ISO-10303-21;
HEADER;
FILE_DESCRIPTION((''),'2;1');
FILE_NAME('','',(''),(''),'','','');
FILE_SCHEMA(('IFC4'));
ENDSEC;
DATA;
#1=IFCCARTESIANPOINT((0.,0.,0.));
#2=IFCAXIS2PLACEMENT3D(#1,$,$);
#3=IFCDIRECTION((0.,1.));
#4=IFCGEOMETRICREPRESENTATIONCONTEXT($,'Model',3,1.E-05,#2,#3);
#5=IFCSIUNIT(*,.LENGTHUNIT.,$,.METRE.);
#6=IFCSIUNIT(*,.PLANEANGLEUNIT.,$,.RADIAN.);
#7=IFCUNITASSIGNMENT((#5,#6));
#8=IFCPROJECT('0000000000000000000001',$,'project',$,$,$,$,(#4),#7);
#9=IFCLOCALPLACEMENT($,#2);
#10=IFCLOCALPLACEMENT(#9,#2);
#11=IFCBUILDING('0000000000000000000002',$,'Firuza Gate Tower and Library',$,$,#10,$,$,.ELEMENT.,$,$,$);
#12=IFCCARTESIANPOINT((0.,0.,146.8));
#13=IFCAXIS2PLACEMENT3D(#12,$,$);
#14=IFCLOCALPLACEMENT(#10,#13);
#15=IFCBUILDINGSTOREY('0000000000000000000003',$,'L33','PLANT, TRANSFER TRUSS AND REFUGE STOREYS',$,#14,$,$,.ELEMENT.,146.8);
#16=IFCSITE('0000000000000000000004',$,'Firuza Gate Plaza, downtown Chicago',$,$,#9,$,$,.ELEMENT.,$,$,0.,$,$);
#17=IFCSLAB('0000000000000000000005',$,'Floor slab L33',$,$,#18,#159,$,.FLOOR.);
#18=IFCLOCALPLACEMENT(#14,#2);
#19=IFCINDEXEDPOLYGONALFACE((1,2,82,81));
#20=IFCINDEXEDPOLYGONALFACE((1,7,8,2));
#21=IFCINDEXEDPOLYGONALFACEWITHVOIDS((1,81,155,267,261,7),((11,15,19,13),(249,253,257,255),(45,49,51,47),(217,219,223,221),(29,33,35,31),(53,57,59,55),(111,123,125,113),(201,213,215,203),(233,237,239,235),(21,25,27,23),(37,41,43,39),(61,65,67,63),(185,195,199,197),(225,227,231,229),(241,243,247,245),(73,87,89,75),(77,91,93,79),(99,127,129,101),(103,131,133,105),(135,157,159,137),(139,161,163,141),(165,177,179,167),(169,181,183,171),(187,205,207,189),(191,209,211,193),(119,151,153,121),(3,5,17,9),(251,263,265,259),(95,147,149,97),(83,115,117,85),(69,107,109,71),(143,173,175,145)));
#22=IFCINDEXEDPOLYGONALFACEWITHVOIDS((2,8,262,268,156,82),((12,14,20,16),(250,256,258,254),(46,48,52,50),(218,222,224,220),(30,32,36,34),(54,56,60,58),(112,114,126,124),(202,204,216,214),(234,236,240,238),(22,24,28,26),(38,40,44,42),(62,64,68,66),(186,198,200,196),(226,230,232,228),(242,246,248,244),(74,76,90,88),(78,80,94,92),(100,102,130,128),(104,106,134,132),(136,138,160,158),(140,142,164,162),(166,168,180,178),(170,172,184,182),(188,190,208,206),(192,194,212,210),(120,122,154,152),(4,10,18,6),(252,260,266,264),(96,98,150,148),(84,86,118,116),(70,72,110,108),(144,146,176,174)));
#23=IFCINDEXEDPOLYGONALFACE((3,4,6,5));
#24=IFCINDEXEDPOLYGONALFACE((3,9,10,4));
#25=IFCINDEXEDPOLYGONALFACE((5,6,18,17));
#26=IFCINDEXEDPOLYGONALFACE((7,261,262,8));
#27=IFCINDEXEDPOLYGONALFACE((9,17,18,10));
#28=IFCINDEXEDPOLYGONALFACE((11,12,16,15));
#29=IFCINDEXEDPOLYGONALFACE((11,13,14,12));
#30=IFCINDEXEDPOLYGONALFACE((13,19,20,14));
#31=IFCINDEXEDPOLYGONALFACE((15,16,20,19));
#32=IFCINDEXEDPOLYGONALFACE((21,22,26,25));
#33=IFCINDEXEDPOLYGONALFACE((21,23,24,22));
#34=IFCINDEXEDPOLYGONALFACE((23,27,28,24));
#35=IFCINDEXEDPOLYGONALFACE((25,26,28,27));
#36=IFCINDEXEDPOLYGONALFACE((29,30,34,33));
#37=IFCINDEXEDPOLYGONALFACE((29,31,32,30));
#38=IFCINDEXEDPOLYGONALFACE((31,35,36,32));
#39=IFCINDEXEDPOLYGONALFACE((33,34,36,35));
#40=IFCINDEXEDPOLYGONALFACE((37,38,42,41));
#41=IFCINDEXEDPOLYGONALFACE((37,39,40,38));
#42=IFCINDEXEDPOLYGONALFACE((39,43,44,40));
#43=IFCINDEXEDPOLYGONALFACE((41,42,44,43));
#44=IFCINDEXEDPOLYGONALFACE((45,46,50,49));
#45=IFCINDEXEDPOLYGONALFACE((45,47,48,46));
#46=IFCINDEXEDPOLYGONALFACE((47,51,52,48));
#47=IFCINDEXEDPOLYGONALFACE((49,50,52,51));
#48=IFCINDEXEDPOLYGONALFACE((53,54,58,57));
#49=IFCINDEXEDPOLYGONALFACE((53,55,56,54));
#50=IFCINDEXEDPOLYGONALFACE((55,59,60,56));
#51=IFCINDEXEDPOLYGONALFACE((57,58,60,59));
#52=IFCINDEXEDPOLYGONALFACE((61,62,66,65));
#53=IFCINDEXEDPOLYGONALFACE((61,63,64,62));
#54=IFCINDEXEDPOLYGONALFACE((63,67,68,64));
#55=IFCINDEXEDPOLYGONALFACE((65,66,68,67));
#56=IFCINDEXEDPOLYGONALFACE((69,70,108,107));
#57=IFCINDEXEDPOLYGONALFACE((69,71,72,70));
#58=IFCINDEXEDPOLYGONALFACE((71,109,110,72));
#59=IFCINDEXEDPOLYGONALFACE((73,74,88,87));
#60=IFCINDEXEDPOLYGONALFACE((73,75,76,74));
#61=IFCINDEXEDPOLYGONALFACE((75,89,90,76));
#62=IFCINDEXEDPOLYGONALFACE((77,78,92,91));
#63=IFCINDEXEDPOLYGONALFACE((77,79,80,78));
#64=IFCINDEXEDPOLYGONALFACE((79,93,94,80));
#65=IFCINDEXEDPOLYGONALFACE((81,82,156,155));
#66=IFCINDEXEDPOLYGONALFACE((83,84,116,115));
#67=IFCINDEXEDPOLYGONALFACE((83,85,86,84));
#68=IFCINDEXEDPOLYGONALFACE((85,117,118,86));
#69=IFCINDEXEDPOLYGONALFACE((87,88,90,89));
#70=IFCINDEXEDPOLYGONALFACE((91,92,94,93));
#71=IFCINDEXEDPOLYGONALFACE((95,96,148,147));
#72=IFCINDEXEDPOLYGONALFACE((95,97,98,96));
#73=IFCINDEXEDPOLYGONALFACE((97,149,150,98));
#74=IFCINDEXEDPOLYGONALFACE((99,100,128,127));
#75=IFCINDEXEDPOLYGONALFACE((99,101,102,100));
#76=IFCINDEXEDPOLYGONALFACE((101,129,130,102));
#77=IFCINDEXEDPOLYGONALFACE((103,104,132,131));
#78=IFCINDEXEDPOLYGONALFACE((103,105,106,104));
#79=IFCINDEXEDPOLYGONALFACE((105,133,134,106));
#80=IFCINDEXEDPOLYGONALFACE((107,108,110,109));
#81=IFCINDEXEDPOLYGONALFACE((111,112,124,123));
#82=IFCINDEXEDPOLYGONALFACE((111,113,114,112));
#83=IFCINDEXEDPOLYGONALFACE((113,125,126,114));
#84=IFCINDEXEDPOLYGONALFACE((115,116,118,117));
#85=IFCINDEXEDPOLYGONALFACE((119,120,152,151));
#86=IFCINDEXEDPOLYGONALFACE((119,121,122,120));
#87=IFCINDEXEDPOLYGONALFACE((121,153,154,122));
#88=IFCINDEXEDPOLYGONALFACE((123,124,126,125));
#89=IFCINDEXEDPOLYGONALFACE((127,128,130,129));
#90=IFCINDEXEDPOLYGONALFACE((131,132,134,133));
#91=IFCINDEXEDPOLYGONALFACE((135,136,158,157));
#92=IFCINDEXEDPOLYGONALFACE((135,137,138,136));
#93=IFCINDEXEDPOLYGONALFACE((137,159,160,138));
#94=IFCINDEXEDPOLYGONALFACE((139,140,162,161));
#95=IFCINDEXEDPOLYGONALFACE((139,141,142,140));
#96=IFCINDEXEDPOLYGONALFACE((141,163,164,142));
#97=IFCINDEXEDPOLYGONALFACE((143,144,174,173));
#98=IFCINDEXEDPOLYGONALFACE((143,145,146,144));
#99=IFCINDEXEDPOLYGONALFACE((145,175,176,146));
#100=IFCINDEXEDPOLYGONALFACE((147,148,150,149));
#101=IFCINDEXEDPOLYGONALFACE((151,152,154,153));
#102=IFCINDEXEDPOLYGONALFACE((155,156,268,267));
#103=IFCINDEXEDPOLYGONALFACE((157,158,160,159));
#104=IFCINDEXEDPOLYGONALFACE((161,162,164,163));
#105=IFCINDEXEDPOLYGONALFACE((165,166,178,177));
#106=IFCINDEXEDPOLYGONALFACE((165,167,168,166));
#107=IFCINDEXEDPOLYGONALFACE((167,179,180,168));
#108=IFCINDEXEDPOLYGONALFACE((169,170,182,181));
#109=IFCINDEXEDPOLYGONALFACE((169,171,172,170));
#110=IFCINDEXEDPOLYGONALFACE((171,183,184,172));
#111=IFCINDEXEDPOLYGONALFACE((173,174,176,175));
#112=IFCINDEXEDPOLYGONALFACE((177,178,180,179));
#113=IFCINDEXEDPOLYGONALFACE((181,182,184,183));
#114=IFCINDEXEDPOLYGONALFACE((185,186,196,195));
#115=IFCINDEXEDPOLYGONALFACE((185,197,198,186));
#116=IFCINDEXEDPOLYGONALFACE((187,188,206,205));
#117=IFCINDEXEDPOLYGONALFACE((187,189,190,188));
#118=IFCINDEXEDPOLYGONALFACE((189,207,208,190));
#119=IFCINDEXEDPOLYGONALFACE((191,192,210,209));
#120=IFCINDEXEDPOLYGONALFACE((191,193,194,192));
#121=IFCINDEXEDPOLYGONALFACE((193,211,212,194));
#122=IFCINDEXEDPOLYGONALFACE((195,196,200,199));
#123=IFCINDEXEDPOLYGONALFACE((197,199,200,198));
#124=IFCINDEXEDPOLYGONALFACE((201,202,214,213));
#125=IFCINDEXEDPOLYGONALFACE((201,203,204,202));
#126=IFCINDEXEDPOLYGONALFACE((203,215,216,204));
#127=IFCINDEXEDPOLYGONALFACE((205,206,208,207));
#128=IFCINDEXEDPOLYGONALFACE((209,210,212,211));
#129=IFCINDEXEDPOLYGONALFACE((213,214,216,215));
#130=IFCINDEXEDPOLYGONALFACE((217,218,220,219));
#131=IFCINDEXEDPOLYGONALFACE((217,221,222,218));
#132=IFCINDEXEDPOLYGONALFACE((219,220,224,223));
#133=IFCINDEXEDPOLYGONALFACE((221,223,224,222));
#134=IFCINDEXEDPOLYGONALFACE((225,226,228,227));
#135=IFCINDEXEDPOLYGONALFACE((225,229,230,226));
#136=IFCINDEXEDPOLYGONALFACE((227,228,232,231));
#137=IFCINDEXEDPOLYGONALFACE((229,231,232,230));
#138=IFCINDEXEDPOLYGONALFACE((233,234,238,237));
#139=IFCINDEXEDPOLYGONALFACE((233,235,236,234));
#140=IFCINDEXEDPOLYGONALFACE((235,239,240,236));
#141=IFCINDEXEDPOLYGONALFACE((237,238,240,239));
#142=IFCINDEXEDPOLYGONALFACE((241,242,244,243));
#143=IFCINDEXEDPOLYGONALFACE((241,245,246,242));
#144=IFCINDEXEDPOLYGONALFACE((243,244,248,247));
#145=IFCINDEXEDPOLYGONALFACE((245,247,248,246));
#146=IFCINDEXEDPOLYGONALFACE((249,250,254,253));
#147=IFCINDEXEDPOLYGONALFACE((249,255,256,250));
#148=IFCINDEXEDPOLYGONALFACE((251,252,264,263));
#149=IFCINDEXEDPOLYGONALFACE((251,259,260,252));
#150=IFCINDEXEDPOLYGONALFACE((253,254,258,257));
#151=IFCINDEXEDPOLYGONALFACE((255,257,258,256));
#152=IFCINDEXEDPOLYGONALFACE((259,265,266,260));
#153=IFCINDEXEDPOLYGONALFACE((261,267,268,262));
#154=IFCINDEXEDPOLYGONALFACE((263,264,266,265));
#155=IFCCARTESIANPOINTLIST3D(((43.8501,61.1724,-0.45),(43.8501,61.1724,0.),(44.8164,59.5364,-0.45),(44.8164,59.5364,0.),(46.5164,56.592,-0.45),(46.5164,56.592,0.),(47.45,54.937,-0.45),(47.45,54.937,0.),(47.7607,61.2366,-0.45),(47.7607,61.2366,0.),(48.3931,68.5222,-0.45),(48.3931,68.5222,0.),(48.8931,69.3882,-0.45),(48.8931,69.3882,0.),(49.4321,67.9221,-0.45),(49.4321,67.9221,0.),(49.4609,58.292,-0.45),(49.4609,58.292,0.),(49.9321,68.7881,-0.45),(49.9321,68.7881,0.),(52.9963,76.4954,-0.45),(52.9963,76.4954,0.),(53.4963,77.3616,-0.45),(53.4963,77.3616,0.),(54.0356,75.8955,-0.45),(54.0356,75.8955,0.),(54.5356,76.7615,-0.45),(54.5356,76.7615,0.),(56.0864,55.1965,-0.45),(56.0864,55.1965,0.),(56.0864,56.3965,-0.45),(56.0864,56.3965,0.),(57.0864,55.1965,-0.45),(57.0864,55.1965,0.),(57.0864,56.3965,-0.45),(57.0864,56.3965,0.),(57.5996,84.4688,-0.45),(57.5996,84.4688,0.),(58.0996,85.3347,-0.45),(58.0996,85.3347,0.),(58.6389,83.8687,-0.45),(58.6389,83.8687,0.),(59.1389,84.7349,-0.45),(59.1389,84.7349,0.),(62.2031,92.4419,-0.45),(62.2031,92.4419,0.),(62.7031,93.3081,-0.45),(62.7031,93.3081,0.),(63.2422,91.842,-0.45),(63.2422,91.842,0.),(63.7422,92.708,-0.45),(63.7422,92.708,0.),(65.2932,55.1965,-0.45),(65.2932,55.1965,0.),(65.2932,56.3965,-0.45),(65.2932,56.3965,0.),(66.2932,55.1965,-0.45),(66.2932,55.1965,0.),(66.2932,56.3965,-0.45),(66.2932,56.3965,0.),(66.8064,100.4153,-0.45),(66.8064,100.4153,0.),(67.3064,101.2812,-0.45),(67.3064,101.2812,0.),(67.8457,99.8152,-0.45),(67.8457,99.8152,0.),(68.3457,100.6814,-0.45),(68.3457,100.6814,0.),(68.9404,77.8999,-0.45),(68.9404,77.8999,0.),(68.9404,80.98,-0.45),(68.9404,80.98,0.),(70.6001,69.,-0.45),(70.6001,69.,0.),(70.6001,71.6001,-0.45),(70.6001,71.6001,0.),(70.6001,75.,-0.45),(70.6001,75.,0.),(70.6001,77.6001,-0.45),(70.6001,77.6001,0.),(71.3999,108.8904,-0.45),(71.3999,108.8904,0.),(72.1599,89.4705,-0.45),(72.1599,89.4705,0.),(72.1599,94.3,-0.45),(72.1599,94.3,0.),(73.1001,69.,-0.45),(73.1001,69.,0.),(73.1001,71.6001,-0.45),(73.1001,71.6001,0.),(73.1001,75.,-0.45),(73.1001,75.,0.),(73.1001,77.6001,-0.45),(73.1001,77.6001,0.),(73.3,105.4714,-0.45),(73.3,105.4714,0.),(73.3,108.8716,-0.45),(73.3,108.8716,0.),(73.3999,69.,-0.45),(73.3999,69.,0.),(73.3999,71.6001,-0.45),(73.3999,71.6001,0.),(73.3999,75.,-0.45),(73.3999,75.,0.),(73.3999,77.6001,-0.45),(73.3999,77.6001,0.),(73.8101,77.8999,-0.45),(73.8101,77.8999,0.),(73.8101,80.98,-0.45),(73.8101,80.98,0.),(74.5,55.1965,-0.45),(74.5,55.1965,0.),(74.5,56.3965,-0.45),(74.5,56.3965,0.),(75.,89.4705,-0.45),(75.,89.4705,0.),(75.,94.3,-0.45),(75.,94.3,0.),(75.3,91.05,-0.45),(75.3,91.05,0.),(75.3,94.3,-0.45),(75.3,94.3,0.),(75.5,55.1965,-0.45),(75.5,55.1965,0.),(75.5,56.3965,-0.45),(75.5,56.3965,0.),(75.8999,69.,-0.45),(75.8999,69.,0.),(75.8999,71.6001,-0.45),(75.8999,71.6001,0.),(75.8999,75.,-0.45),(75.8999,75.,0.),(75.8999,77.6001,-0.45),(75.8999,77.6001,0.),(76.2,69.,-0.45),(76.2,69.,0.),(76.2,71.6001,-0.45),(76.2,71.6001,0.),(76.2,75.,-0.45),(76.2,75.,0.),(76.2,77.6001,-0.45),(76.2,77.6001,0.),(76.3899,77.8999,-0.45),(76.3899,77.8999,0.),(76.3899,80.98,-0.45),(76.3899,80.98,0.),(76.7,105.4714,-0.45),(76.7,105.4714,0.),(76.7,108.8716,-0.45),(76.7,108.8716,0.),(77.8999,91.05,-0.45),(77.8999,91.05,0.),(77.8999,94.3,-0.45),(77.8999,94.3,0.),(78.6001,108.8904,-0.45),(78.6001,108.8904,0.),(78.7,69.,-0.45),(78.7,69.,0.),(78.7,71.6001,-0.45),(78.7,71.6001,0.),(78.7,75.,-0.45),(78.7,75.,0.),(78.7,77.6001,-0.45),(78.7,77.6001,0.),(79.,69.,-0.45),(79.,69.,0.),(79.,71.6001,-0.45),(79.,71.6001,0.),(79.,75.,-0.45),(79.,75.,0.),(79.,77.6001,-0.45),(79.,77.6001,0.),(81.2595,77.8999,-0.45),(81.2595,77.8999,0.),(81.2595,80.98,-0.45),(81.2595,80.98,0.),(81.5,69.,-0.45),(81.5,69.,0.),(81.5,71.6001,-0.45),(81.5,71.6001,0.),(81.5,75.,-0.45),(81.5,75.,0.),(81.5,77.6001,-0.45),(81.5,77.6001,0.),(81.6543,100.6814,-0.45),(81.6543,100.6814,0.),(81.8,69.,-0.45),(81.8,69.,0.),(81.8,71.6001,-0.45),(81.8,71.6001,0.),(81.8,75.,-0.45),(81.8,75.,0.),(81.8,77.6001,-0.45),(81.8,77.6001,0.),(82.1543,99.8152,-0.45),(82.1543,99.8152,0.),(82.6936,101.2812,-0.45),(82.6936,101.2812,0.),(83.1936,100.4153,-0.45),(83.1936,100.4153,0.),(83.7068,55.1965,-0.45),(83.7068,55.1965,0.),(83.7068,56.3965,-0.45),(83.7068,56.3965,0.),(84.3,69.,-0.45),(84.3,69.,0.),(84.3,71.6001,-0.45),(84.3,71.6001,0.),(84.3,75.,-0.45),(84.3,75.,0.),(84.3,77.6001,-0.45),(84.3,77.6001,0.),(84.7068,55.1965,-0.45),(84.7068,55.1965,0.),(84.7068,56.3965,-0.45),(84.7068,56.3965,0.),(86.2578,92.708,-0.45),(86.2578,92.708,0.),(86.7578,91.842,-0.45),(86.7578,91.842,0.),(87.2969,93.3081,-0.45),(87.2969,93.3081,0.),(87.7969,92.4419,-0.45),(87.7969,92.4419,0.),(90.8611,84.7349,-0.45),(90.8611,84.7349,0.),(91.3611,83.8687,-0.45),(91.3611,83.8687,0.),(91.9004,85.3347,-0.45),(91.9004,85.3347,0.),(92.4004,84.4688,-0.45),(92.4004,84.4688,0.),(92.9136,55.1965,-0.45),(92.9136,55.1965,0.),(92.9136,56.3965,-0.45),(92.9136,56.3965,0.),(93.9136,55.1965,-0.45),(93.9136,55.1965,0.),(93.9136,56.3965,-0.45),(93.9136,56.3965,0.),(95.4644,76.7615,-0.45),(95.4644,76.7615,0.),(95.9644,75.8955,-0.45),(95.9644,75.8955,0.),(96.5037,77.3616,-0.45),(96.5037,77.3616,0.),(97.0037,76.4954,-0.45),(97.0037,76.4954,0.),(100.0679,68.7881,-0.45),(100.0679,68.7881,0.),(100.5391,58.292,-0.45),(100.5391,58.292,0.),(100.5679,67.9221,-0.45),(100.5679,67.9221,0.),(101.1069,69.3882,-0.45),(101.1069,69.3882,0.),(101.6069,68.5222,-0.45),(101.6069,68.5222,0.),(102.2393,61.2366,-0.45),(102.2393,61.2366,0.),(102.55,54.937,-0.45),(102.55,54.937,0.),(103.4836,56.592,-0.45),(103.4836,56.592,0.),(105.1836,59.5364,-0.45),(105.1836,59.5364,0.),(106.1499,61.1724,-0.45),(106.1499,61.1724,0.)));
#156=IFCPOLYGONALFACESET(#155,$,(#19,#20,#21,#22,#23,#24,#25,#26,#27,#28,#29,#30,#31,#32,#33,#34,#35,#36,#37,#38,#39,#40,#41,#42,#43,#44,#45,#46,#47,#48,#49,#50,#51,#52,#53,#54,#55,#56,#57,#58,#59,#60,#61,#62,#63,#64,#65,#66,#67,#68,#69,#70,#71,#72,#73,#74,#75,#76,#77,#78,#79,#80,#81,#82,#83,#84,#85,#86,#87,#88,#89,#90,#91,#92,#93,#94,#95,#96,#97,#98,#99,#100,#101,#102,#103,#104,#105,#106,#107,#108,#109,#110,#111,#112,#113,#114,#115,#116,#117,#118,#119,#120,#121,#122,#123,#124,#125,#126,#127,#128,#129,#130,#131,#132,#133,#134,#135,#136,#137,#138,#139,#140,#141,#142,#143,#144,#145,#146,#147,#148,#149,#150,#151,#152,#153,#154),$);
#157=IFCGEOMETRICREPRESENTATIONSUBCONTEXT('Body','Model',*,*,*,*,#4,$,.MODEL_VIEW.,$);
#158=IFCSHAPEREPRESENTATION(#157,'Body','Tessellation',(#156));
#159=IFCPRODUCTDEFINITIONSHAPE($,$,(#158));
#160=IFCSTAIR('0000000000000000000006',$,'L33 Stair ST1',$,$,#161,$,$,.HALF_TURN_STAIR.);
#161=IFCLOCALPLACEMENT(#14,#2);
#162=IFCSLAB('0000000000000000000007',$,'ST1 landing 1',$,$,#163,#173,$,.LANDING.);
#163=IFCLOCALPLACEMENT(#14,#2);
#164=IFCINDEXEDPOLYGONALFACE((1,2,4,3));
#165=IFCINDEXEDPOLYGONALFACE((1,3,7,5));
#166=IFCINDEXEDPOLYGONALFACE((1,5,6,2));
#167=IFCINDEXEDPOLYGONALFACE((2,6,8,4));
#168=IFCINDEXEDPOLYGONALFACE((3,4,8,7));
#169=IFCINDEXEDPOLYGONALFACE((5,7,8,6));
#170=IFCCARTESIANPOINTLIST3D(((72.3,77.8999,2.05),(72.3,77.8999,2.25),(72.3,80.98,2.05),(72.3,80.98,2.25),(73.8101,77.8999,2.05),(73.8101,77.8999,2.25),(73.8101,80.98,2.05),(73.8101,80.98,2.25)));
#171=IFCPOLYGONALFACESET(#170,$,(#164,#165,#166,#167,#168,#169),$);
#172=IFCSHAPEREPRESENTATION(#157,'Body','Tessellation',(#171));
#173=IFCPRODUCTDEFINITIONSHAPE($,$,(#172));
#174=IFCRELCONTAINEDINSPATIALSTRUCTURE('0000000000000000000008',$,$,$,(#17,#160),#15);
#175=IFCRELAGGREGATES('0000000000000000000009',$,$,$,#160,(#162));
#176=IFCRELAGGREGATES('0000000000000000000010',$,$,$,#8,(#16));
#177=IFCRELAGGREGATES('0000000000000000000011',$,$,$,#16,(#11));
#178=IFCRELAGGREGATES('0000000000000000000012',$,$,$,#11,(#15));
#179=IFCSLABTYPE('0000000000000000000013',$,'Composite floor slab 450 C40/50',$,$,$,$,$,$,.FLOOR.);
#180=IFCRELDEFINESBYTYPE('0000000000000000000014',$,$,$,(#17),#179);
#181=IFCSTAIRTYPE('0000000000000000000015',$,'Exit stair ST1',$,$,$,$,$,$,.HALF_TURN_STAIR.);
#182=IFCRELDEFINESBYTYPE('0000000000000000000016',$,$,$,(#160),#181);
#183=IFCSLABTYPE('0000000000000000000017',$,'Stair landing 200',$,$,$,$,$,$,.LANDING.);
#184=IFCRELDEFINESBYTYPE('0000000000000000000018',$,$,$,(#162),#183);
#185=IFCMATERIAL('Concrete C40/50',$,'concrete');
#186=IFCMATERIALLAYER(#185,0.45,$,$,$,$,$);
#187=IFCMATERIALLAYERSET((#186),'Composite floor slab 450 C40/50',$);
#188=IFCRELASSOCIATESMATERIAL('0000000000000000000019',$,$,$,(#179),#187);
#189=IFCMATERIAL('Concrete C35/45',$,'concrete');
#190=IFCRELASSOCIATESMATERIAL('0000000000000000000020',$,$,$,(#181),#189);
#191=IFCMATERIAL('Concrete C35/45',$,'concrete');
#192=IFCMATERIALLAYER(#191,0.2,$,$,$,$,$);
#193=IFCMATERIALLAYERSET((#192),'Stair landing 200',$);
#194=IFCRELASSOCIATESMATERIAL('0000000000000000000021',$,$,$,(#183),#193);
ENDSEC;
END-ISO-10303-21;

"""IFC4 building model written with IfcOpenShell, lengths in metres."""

from ifc_helpers import new_model, si_unit, direction, frame, origin, place, context, subcontext, project, spatial, polyline, outline, extrude, material, layer, layer_set, type_object, element, aggregate, save


model = new_model("IFC4")

# Units and contexts
model_context = context("Model", 3, precision=1e-05, world=origin(), true_north=direction((0.0, 1.0)))
body_context = subcontext(model_context, "Body", "Model", "MODEL_VIEW")
ifc_project = project(units=[si_unit("LENGTHUNIT", "METRE"), si_unit("PLANEANGLEUNIT", "RADIAN")], contexts=[model_context])

# Site, building, storey
site_placement = place(None, origin())
site = spatial("IfcSite", under=ifc_project, at=site_placement, Name="Firuza Gate Plaza, downtown Chicago", CompositionType="ELEMENT", RefElevation=0.0)
building_placement = place(site_placement, origin())
building = spatial("IfcBuilding", under=site, at=building_placement, Name="Firuza Gate Tower and Library", CompositionType="ELEMENT")
storey_placement = place(building_placement, frame((0.0, 0.0, 146.8)))
storey = spatial("IfcBuildingStorey", under=building, at=storey_placement, Name="L33", Description="PLANT, TRANSFER TRUSS AND REFUGE STOREYS", CompositionType="ELEMENT", Elevation=146.8)

# Slab
ifc_material_1 = material(Name="Concrete C40/50", Category="concrete")
ifc_layer_1 = layer(ifc_material_1, 0.45)
ifc_layer_set_1 = layer_set([ifc_layer_1], Name="Composite floor slab 450 C40/50")
slab_type_1 = type_object("IfcSlabType", Name="Composite floor slab 450 C40/50", PredefinedType="FLOOR", material=ifc_layer_set_1)
slab_1_placement = place(storey_placement, frame((0.0, 0.0, -0.45)))
element("IfcSlab", 1, at=slab_1_placement, inside=storey, type_object=slab_type_1, Name="Floor slab L33", PredefinedType="FLOOR", context=body_context, shape_type="SweptSolid", body=[
    extrude(outline(polyline([(43.8501, 61.1724), (47.45, 54.937), (102.55, 54.937), (106.1499, 61.1724), (78.6001, 108.8904), (71.3999, 108.8904), (43.8501, 61.1724)]), holes=[polyline([(56.0864, 55.1965), (56.0864, 56.3965), (57.0864, 56.3965), (57.0864, 55.1965), (56.0864, 55.1965)]), polyline([(65.2932, 55.1965), (65.2932, 56.3965), (66.2932, 56.3965), (66.2932, 55.1965), (65.2932, 55.1965)]), polyline([(74.5, 55.1965), (74.5, 56.3965), (75.5, 56.3965), (75.5, 55.1965), (74.5, 55.1965)]), polyline([(44.8164, 59.5364), (47.7607, 61.2366), (49.4609, 58.292), (46.5164, 56.592), (44.8164, 59.5364)]), polyline([(48.8931, 69.3882), (49.9321, 68.7881), (49.4321, 67.9221), (48.3931, 68.5222), (48.8931, 69.3882)]), polyline([(73.1001, 69.0), (70.6001, 69.0), (70.6001, 71.6001), (73.1001, 71.6001), (73.1001, 69.0)]), polyline([(75.8999, 69.0), (73.3999, 69.0), (73.3999, 71.6001), (75.8999, 71.6001), (75.8999, 69.0)]), polyline([(73.1001, 75.0), (70.6001, 75.0), (70.6001, 77.6001), (73.1001, 77.6001), (73.1001, 75.0)]), polyline([(75.8999, 75.0), (73.3999, 75.0), (73.3999, 77.6001), (75.8999, 77.6001), (75.8999, 75.0)]), polyline([(53.4963, 77.3616), (54.5356, 76.7615), (54.0356, 75.8955), (52.9963, 76.4954), (53.4963, 77.3616)]), polyline([(73.8101, 77.8999), (68.9404, 77.8999), (68.9404, 80.98), (73.8101, 80.98), (73.8101, 77.8999)]), polyline([(58.0996, 85.3347), (59.1389, 84.7349), (58.6389, 83.8687), (57.5996, 84.4688), (58.0996, 85.3347)]), polyline([(72.1599, 89.4705), (72.1599, 94.3), (75.0, 94.3), (75.0, 89.4705), (72.1599, 89.4705)]), polyline([(62.7031, 93.3081), (63.7422, 92.708), (63.2422, 91.842), (62.2031, 92.4419), (62.7031, 93.3081)]), polyline([(67.3064, 101.2812), (68.3457, 100.6814), (67.8457, 99.8152), (66.8064, 100.4153), (67.3064, 101.2812)]), polyline([(76.7, 108.8716), (76.7, 105.4714), (73.3, 105.4714), (73.3, 108.8716), (76.7, 108.8716)]), polyline([(83.7068, 55.1965), (83.7068, 56.3965), (84.7068, 56.3965), (84.7068, 55.1965), (83.7068, 55.1965)]), polyline([(92.9136, 55.1965), (92.9136, 56.3965), (93.9136, 56.3965), (93.9136, 55.1965), (92.9136, 55.1965)]), polyline([(103.4836, 56.592), (100.5391, 58.292), (102.2393, 61.2366), (105.1836, 59.5364), (103.4836, 56.592)]), polyline([(101.6069, 68.5222), (100.5679, 67.9221), (100.0679, 68.7881), (101.1069, 69.3882), (101.6069, 68.5222)]), polyline([(78.7, 69.0), (76.2, 69.0), (76.2, 71.6001), (78.7, 71.6001), (78.7, 69.0)]), polyline([(81.5, 69.0), (79.0, 69.0), (79.0, 71.6001), (81.5, 71.6001), (81.5, 69.0)]), polyline([(84.3, 69.0), (81.8, 69.0), (81.8, 71.6001), (84.3, 71.6001), (84.3, 69.0)]), polyline([(78.7, 75.0), (76.2, 75.0), (76.2, 77.6001), (78.7, 77.6001), (78.7, 75.0)]), polyline([(81.5, 75.0), (79.0, 75.0), (79.0, 77.6001), (81.5, 77.6001), (81.5, 75.0)]), polyline([(84.3, 75.0), (81.8, 75.0), (81.8, 77.6001), (84.3, 77.6001), (84.3, 75.0)]), polyline([(97.0037, 76.4954), (95.9644, 75.8955), (95.4644, 76.7615), (96.5037, 77.3616), (97.0037, 76.4954)]), polyline([(81.2595, 77.8999), (76.3899, 77.8999), (76.3899, 80.98), (81.2595, 80.98), (81.2595, 77.8999)]), polyline([(92.4004, 84.4688), (91.3611, 83.8687), (90.8611, 84.7349), (91.9004, 85.3347), (92.4004, 84.4688)]), polyline([(87.7969, 92.4419), (86.7578, 91.842), (86.2578, 92.708), (87.2969, 93.3081), (87.7969, 92.4419)]), polyline([(77.8999, 91.05), (75.3, 91.05), (75.3, 94.3), (77.8999, 94.3), (77.8999, 91.05)]), polyline([(83.1936, 100.4153), (82.1543, 99.8152), (81.6543, 100.6814), (82.6936, 101.2812), (83.1936, 100.4153)])]), origin(), (0.0, 0.0, 1.0), 0.45),
])

# Stair, slab
ifc_material_2 = material(Name="Concrete C35/45", Category="concrete")
stair_type_1 = type_object("IfcStairType", Name="Exit stair ST1", PredefinedType="HALF_TURN_STAIR", material=ifc_material_2)
placement_1 = place(storey_placement, origin())
stair_1 = element("IfcStair", 2, at=placement_1, inside=storey, type_object=stair_type_1, Name="L33 Stair ST1", PredefinedType="HALF_TURN_STAIR")
ifc_material_3 = material(Name="Concrete C35/45", Category="concrete")
ifc_layer_2 = layer(ifc_material_3, 0.2)
ifc_layer_set_2 = layer_set([ifc_layer_2], Name="Stair landing 200")
slab_type_2 = type_object("IfcSlabType", Name="Stair landing 200", PredefinedType="LANDING", material=ifc_layer_set_2)
placement_2 = place(storey_placement, frame((0.0, 0.0, 2.05)))
slab_2 = element("IfcSlab", 3, at=placement_2, type_object=slab_type_2, Name="ST1 landing 1", PredefinedType="LANDING", context=body_context, shape_type="SweptSolid", body=[
    extrude(outline(polyline([(72.3, 77.8999), (73.8101, 77.8999), (73.8101, 80.98), (72.3, 80.98), (72.3, 77.8999)])), origin(), (0.0, 0.0, 1.0), 0.2),
])
aggregate(stair_1, [slab_2])

save(model, "model.ifc")
